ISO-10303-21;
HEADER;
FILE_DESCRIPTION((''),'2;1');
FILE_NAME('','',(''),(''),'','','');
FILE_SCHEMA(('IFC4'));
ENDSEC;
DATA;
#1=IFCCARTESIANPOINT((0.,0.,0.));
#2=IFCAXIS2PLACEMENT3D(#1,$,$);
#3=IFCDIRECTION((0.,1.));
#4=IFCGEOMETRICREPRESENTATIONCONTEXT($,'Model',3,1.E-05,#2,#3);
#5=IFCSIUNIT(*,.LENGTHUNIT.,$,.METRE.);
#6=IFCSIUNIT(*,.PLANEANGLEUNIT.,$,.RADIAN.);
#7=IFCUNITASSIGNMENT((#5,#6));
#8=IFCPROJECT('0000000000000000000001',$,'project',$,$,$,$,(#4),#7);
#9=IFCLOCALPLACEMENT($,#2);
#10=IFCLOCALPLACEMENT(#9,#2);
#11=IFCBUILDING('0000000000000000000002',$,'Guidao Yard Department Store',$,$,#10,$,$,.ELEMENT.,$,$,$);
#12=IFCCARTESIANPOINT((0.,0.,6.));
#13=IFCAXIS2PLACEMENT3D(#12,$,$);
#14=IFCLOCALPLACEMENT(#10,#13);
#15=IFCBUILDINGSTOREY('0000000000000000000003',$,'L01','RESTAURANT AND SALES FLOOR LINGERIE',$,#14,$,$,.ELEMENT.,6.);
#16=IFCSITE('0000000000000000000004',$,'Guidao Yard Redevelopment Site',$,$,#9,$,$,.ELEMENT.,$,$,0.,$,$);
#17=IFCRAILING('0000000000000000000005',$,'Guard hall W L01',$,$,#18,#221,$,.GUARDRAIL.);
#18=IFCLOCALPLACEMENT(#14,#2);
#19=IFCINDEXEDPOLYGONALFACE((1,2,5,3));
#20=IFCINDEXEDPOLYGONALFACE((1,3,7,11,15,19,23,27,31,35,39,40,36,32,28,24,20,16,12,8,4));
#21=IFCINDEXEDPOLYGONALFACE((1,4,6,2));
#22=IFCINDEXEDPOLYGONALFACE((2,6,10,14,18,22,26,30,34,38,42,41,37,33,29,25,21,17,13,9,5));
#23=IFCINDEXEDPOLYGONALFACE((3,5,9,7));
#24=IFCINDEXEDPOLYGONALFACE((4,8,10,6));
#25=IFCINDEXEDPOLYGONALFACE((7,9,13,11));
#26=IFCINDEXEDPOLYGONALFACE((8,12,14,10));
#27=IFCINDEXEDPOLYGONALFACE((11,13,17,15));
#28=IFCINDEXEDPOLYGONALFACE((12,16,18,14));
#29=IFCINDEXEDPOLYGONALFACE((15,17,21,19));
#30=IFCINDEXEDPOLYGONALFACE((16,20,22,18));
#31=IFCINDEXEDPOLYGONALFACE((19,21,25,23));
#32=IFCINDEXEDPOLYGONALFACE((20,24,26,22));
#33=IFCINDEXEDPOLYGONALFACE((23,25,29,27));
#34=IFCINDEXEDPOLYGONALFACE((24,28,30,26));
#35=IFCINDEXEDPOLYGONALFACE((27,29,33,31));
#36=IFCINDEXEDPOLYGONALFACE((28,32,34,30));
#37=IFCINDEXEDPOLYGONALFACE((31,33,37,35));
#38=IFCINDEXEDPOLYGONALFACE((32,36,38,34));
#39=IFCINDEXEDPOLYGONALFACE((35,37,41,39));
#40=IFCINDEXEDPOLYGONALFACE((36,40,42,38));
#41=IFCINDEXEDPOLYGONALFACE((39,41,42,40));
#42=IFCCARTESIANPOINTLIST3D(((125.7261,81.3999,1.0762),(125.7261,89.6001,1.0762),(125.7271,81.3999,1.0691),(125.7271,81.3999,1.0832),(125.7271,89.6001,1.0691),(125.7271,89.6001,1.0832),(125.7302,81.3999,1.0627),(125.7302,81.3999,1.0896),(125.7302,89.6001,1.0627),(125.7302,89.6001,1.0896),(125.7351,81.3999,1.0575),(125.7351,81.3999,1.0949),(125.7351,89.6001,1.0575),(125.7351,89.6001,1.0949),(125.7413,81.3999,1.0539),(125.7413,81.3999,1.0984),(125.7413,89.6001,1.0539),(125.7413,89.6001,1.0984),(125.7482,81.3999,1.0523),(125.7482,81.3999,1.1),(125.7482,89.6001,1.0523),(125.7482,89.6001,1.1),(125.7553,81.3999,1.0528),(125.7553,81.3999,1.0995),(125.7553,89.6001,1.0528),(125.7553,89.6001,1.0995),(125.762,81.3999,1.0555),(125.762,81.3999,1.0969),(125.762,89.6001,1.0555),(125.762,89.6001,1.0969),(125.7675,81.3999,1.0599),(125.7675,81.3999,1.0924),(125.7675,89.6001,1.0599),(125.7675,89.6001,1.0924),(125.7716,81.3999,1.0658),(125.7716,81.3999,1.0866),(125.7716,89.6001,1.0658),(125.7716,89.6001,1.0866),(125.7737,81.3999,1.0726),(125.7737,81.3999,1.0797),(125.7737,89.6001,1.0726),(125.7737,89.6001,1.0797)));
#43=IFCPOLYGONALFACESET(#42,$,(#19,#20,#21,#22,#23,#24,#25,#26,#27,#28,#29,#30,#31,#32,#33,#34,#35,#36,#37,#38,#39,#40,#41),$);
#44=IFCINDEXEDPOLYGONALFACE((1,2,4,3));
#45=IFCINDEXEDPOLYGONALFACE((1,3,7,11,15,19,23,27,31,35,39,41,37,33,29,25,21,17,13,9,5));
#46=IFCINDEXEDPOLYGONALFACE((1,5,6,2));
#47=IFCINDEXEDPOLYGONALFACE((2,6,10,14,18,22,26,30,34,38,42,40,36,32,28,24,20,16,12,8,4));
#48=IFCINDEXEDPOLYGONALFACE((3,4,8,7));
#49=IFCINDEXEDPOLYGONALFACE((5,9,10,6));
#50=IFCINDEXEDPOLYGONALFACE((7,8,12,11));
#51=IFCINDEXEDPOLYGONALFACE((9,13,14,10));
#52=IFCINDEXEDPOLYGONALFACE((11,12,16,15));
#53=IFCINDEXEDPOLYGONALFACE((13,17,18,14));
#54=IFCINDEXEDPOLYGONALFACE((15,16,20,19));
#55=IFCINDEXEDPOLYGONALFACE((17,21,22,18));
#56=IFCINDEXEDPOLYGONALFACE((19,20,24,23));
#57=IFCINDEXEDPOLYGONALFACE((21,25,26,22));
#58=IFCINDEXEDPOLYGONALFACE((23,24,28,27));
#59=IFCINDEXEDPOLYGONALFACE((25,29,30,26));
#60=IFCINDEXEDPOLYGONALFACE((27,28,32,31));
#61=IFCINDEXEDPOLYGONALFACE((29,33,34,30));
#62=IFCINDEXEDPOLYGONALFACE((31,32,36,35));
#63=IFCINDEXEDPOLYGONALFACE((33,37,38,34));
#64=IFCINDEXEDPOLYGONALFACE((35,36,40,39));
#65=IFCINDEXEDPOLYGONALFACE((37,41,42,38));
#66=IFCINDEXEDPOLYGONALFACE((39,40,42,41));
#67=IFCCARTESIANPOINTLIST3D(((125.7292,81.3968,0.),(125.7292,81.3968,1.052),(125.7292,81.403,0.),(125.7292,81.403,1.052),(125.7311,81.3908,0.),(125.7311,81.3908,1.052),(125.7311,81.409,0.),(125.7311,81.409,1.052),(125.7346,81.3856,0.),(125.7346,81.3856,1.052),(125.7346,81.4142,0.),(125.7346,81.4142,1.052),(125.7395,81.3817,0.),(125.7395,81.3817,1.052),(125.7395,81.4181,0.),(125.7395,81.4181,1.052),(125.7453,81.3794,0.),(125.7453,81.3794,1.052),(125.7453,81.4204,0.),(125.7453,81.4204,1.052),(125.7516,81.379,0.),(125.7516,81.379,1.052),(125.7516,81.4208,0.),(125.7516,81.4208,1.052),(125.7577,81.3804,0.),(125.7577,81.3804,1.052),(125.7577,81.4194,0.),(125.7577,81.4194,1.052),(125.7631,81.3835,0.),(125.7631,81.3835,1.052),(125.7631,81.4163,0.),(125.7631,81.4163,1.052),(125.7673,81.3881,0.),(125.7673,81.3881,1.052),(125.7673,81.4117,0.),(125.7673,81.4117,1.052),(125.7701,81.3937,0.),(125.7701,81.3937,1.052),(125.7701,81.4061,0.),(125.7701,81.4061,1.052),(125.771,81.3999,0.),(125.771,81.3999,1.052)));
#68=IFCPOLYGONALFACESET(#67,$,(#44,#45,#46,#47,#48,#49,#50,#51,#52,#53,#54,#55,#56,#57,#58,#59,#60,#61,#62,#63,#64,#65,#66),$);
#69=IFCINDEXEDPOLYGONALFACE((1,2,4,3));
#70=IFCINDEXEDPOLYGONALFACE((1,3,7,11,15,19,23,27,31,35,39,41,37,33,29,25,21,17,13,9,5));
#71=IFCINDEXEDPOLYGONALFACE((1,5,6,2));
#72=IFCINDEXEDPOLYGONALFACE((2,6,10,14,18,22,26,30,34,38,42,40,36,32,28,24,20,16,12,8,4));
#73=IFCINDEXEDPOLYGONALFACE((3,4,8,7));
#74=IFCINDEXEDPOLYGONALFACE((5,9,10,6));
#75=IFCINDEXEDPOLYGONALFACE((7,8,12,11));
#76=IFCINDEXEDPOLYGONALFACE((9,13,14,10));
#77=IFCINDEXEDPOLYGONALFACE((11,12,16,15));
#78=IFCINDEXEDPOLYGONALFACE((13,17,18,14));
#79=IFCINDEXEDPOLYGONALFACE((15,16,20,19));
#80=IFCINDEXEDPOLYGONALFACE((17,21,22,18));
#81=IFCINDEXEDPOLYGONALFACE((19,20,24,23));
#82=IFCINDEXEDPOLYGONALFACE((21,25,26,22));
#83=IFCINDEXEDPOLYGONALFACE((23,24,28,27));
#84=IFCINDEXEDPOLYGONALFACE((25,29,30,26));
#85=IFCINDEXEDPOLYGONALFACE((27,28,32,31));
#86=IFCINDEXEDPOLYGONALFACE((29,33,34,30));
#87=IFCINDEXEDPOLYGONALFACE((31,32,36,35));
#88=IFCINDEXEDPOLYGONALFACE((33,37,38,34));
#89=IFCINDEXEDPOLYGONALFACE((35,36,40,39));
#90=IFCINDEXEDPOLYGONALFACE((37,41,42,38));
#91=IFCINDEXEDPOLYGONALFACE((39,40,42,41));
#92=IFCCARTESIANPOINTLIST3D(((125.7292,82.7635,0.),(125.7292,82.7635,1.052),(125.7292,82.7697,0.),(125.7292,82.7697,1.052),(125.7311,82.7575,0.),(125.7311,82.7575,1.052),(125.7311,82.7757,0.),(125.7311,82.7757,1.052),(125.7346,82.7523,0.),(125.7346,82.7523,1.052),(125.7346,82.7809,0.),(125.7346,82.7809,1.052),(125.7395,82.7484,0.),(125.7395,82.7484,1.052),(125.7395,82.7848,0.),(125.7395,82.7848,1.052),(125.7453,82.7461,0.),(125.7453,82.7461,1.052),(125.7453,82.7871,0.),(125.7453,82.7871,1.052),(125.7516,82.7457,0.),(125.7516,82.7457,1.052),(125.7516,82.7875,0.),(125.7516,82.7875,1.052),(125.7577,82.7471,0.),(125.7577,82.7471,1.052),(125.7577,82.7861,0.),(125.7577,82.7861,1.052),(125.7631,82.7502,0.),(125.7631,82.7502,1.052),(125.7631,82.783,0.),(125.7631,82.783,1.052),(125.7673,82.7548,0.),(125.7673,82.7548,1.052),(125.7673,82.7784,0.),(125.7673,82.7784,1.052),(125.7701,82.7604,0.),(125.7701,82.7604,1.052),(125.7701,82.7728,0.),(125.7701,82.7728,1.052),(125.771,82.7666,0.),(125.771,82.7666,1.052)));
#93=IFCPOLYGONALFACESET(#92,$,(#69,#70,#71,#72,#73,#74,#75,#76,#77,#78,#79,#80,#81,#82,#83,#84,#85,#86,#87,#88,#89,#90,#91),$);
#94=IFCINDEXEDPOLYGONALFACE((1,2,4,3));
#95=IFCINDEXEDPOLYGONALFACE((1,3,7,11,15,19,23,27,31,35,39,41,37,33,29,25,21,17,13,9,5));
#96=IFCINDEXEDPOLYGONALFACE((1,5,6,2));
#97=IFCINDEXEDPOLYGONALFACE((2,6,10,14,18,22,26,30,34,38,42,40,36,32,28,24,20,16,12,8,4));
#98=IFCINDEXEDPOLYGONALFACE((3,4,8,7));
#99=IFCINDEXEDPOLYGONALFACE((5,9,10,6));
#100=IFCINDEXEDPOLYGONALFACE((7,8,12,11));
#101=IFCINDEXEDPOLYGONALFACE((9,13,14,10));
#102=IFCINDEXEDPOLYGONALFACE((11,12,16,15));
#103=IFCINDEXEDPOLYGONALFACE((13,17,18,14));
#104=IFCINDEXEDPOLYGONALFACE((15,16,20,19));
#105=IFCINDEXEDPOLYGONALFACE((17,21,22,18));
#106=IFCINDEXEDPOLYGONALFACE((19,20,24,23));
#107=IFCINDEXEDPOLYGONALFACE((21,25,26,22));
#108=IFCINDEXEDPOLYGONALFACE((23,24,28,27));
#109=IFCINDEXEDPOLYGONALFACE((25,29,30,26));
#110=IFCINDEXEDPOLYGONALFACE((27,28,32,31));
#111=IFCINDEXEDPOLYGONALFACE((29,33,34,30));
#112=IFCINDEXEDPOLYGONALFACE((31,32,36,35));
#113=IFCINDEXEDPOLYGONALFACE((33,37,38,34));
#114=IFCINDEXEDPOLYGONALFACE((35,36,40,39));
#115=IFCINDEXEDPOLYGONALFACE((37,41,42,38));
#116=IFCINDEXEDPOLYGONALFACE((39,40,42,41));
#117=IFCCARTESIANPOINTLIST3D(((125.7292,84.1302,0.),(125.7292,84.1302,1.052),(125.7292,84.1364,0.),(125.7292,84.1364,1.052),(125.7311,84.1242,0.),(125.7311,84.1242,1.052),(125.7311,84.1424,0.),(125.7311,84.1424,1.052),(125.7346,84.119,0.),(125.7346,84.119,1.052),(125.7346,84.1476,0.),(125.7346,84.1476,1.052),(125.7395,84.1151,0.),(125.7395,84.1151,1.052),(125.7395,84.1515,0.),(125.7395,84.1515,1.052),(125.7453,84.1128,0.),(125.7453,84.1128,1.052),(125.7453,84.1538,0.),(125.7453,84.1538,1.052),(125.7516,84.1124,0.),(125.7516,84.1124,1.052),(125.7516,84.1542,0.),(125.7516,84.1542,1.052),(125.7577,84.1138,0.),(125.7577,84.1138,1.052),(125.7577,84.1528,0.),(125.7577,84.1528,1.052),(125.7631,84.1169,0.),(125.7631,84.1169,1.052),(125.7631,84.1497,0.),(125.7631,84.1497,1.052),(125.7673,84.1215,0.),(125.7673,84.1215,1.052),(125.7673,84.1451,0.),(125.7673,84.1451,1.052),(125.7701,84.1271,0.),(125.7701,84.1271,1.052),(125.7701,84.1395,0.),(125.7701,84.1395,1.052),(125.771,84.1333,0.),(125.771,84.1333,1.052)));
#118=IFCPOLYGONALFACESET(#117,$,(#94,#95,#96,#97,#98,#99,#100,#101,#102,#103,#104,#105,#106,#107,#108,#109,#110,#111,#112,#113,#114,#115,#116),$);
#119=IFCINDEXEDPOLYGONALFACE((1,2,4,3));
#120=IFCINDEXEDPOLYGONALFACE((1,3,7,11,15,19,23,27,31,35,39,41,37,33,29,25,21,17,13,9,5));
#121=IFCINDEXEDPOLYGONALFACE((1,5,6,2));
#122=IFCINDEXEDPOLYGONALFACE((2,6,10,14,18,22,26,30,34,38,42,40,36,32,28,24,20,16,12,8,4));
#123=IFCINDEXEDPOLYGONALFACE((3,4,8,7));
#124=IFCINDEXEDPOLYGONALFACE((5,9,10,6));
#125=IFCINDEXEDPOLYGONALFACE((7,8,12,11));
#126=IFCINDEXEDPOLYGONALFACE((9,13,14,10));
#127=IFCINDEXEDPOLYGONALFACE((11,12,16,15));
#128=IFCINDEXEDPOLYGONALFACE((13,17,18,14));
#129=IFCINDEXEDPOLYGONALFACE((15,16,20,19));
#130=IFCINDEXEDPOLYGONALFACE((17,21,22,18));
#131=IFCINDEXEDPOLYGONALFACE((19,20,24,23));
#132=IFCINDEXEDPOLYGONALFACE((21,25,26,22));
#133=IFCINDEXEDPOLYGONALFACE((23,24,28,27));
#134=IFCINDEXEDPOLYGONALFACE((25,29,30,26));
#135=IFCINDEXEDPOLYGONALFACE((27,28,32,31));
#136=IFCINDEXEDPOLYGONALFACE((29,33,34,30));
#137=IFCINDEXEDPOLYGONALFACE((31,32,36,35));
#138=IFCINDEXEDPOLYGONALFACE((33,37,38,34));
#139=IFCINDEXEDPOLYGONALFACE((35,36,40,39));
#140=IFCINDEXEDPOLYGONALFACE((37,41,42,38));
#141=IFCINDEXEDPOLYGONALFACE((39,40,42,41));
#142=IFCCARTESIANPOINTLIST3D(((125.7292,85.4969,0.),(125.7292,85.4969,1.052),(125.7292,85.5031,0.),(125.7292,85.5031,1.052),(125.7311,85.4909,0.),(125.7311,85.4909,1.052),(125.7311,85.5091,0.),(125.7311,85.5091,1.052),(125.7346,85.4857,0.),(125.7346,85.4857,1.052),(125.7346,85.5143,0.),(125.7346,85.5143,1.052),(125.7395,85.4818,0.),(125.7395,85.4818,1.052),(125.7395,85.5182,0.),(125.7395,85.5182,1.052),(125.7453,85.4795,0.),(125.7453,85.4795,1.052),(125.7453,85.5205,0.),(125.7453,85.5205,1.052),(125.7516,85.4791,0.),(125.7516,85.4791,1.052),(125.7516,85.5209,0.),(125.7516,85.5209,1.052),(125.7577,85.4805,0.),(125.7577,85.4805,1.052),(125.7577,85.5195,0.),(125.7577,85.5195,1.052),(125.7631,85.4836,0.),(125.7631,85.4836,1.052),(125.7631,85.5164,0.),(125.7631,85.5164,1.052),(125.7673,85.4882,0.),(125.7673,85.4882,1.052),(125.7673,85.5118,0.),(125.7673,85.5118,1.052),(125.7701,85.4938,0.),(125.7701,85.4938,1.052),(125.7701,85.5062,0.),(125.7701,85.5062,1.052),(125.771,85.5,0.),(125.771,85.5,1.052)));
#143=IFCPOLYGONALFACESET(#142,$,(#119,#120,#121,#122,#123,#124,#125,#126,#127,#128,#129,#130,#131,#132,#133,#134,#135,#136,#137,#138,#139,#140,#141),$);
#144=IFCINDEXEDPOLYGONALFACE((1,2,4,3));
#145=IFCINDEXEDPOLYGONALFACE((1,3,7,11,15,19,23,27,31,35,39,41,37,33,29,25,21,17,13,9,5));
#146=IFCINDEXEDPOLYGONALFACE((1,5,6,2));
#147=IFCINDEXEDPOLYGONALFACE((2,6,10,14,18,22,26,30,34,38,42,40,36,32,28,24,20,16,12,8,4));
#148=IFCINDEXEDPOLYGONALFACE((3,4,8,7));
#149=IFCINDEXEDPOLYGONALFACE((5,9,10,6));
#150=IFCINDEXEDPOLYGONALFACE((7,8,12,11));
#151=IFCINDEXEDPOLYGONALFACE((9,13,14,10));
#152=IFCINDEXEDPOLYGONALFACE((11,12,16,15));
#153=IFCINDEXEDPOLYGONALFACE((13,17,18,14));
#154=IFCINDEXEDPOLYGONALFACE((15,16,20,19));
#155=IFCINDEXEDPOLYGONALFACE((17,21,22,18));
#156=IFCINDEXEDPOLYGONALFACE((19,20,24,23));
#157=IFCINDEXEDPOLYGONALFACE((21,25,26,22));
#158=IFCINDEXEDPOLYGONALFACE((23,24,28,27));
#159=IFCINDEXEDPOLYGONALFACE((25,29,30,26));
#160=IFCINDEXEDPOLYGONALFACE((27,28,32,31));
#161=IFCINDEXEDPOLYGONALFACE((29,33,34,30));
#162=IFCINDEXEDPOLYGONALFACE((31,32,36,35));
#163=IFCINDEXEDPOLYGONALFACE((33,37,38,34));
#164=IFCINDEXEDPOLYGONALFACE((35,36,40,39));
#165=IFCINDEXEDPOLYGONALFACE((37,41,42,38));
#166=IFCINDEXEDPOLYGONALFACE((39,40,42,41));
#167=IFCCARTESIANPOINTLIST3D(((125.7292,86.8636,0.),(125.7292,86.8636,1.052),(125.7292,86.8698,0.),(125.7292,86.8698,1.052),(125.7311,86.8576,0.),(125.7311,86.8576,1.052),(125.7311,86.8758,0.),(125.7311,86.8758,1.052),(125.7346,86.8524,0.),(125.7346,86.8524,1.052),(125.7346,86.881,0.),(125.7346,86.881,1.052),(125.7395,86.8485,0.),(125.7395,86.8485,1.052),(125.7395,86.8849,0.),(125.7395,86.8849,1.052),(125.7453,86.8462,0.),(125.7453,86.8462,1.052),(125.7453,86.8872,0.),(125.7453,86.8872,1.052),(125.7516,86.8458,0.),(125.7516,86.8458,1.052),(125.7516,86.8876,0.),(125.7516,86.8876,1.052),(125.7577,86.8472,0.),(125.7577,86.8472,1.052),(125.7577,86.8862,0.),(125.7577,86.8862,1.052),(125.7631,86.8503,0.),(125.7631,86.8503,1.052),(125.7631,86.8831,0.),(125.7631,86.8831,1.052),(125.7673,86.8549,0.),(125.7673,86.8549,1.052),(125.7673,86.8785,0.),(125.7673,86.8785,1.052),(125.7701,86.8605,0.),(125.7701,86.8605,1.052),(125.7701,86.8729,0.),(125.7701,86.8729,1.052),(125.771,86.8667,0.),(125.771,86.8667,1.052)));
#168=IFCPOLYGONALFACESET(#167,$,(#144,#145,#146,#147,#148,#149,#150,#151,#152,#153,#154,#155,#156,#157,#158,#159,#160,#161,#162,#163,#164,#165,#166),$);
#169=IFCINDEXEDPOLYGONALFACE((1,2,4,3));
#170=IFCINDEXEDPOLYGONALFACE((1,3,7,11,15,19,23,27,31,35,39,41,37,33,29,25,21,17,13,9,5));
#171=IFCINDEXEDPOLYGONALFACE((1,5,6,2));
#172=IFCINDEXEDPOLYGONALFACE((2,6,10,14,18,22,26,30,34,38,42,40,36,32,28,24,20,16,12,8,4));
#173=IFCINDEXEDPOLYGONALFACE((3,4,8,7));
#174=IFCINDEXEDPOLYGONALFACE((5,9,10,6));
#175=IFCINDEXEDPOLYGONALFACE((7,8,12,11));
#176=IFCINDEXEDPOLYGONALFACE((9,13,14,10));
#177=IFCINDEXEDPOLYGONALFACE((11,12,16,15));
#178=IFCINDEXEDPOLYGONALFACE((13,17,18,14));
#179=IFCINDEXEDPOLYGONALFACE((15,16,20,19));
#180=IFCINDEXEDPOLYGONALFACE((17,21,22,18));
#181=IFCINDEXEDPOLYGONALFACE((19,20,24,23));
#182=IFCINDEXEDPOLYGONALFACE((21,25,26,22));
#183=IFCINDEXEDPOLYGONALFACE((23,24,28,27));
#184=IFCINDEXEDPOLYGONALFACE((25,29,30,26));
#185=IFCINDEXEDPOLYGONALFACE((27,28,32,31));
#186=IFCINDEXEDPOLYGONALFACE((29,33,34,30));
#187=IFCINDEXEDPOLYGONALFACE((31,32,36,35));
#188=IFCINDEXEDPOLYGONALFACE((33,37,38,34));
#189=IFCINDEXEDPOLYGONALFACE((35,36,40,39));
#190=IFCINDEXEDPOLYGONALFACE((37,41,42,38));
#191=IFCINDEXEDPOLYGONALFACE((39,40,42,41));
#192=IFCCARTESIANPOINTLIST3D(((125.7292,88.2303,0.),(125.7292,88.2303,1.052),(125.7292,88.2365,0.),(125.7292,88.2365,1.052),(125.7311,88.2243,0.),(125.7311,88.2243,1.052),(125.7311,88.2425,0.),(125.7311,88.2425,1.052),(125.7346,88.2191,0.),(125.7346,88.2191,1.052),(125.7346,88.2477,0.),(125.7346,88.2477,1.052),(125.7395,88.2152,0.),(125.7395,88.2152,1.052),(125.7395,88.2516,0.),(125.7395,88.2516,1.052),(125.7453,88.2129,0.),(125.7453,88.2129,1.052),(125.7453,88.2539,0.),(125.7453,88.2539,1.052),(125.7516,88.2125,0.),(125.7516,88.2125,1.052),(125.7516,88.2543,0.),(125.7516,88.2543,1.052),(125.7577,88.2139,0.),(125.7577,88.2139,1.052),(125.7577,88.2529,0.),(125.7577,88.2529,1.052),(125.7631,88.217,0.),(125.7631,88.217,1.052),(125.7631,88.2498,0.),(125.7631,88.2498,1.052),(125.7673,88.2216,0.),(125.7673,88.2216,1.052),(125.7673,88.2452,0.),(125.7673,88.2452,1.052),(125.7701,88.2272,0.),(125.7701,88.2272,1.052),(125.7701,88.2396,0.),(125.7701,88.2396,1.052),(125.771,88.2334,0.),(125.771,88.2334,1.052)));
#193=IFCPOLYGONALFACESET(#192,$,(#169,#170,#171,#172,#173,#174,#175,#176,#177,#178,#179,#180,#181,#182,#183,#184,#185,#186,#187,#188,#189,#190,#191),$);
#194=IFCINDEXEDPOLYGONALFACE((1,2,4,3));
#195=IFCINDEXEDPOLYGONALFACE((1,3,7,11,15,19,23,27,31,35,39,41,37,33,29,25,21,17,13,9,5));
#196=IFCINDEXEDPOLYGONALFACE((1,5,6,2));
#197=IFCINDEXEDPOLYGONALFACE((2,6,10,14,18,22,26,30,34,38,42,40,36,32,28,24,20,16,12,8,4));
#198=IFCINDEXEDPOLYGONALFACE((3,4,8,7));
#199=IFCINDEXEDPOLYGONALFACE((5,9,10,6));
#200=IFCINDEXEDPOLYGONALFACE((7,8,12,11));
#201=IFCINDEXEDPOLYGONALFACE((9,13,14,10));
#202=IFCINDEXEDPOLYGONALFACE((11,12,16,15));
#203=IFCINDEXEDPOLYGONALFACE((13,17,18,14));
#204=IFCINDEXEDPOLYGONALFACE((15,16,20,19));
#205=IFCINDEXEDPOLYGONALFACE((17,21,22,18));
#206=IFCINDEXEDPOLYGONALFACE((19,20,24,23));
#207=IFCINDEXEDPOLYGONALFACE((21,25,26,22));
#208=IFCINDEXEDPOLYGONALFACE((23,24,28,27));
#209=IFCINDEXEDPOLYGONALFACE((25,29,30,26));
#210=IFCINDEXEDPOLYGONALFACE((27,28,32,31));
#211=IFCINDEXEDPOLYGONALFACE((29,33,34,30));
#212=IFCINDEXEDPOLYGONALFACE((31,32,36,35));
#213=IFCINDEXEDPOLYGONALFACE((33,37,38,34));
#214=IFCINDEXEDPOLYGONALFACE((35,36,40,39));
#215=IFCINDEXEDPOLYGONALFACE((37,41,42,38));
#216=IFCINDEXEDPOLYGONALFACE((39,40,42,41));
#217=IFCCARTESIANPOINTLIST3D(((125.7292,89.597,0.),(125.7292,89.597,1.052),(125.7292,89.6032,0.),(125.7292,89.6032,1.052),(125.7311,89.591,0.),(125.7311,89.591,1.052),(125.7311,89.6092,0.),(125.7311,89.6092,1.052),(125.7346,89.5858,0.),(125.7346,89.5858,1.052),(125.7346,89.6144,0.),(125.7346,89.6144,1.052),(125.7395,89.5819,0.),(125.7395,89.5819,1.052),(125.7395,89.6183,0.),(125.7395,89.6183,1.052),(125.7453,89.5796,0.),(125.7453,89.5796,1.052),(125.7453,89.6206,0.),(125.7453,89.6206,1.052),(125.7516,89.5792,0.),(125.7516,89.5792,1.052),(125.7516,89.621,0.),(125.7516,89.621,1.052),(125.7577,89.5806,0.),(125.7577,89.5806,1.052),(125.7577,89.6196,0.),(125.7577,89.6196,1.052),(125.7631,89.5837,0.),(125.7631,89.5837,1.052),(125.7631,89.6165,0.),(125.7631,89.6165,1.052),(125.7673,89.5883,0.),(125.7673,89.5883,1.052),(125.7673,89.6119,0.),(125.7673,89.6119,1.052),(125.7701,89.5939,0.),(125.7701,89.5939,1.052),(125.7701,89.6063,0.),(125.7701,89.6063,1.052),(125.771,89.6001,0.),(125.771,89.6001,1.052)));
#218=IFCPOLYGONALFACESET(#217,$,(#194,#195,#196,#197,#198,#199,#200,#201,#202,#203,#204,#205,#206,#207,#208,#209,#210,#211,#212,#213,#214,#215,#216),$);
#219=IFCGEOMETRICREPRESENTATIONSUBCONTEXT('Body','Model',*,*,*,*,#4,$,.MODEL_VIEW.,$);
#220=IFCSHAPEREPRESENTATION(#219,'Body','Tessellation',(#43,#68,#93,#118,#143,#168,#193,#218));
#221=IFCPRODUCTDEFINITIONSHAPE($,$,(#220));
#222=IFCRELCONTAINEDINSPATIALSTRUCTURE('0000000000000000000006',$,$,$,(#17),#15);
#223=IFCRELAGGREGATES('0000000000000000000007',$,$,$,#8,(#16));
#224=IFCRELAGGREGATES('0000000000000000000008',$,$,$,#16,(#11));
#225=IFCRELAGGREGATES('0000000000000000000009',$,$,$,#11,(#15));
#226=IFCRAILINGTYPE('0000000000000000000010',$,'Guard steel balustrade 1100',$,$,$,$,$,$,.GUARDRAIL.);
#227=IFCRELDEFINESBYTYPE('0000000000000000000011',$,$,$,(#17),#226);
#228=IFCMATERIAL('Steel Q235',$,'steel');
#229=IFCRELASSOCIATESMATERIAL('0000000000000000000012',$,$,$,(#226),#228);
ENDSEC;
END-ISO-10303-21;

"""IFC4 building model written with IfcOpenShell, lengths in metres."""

from ifc_helpers import new_model, si_unit, direction, frame, origin, origin_2d, place, context, subcontext, project, spatial, circle, extrude, material, type_object, element, save


model = new_model("IFC4")

# Units and contexts
model_context = context("Model", 3, precision=1e-05, world=origin(), true_north=direction((0.0, 1.0)))
body_context = subcontext(model_context, "Body", "Model", "MODEL_VIEW")
ifc_project = project(units=[si_unit("LENGTHUNIT", "METRE"), si_unit("PLANEANGLEUNIT", "RADIAN")], contexts=[model_context])

# Site, building, storey
site_placement = place(None, origin())
site = spatial("IfcSite", under=ifc_project, at=site_placement, Name="Guidao Yard Redevelopment Site", CompositionType="ELEMENT", RefElevation=0.0)
building_placement = place(site_placement, origin())
building = spatial("IfcBuilding", under=site, at=building_placement, Name="Guidao Yard Department Store", CompositionType="ELEMENT")
storey_placement = place(building_placement, frame((0.0, 0.0, 6.0)))
storey = spatial("IfcBuildingStorey", under=building, at=storey_placement, Name="L01", Description="RESTAURANT AND SALES FLOOR LINGERIE", CompositionType="ELEMENT", Elevation=6.0)

# Railing
ifc_material_1 = material(Name="Steel Q235", Category="steel")
railing_type = type_object("IfcRailingType", Name="Guard steel balustrade 1100", PredefinedType="GUARDRAIL", material=ifc_material_1)
for number, where, name in (
    (1, (125.75, 81.3999, 0.0), "Guard hall W L01"),
):
    element("IfcRailing", number, at=place(storey_placement, frame(where)), inside=storey, type_object=railing_type, Name=name, PredefinedType="GUARDRAIL", context=body_context, shape_type="SweptSolid", body=[
        extrude(circle(Radius=0.0239, at=origin_2d()), frame((0.0, 0.0, 1.0762), z_axis=(0.0, 1.0, 0.0), x_axis=(-1.0, 0.0, 0.0)), (0.0, 0.0, 1.0), 8.2002),
        extrude(circle(Radius=0.021, at=origin_2d()), origin(), (0.0, 0.0, 1.0), 1.052),
        extrude(circle(Radius=0.021, at=origin_2d()), frame((0.0, 1.3667, 0.0)), (0.0, 0.0, 1.0), 1.052),
        extrude(circle(Radius=0.021, at=origin_2d()), frame((0.0, 2.7334, 0.0)), (0.0, 0.0, 1.0), 1.052),
        extrude(circle(Radius=0.021, at=origin_2d()), frame((0.0, 4.1001, 0.0)), (0.0, 0.0, 1.0), 1.052),
        extrude(circle(Radius=0.021, at=origin_2d()), frame((0.0, 5.4668, 0.0)), (0.0, 0.0, 1.0), 1.052),
        extrude(circle(Radius=0.021, at=origin_2d()), frame((0.0, 6.8335, 0.0)), (0.0, 0.0, 1.0), 1.052),
        extrude(circle(Radius=0.021, at=origin_2d()), frame((0.0, 8.2002, 0.0)), (0.0, 0.0, 1.0), 1.052),
    ])

save(model, "model.ifc")
